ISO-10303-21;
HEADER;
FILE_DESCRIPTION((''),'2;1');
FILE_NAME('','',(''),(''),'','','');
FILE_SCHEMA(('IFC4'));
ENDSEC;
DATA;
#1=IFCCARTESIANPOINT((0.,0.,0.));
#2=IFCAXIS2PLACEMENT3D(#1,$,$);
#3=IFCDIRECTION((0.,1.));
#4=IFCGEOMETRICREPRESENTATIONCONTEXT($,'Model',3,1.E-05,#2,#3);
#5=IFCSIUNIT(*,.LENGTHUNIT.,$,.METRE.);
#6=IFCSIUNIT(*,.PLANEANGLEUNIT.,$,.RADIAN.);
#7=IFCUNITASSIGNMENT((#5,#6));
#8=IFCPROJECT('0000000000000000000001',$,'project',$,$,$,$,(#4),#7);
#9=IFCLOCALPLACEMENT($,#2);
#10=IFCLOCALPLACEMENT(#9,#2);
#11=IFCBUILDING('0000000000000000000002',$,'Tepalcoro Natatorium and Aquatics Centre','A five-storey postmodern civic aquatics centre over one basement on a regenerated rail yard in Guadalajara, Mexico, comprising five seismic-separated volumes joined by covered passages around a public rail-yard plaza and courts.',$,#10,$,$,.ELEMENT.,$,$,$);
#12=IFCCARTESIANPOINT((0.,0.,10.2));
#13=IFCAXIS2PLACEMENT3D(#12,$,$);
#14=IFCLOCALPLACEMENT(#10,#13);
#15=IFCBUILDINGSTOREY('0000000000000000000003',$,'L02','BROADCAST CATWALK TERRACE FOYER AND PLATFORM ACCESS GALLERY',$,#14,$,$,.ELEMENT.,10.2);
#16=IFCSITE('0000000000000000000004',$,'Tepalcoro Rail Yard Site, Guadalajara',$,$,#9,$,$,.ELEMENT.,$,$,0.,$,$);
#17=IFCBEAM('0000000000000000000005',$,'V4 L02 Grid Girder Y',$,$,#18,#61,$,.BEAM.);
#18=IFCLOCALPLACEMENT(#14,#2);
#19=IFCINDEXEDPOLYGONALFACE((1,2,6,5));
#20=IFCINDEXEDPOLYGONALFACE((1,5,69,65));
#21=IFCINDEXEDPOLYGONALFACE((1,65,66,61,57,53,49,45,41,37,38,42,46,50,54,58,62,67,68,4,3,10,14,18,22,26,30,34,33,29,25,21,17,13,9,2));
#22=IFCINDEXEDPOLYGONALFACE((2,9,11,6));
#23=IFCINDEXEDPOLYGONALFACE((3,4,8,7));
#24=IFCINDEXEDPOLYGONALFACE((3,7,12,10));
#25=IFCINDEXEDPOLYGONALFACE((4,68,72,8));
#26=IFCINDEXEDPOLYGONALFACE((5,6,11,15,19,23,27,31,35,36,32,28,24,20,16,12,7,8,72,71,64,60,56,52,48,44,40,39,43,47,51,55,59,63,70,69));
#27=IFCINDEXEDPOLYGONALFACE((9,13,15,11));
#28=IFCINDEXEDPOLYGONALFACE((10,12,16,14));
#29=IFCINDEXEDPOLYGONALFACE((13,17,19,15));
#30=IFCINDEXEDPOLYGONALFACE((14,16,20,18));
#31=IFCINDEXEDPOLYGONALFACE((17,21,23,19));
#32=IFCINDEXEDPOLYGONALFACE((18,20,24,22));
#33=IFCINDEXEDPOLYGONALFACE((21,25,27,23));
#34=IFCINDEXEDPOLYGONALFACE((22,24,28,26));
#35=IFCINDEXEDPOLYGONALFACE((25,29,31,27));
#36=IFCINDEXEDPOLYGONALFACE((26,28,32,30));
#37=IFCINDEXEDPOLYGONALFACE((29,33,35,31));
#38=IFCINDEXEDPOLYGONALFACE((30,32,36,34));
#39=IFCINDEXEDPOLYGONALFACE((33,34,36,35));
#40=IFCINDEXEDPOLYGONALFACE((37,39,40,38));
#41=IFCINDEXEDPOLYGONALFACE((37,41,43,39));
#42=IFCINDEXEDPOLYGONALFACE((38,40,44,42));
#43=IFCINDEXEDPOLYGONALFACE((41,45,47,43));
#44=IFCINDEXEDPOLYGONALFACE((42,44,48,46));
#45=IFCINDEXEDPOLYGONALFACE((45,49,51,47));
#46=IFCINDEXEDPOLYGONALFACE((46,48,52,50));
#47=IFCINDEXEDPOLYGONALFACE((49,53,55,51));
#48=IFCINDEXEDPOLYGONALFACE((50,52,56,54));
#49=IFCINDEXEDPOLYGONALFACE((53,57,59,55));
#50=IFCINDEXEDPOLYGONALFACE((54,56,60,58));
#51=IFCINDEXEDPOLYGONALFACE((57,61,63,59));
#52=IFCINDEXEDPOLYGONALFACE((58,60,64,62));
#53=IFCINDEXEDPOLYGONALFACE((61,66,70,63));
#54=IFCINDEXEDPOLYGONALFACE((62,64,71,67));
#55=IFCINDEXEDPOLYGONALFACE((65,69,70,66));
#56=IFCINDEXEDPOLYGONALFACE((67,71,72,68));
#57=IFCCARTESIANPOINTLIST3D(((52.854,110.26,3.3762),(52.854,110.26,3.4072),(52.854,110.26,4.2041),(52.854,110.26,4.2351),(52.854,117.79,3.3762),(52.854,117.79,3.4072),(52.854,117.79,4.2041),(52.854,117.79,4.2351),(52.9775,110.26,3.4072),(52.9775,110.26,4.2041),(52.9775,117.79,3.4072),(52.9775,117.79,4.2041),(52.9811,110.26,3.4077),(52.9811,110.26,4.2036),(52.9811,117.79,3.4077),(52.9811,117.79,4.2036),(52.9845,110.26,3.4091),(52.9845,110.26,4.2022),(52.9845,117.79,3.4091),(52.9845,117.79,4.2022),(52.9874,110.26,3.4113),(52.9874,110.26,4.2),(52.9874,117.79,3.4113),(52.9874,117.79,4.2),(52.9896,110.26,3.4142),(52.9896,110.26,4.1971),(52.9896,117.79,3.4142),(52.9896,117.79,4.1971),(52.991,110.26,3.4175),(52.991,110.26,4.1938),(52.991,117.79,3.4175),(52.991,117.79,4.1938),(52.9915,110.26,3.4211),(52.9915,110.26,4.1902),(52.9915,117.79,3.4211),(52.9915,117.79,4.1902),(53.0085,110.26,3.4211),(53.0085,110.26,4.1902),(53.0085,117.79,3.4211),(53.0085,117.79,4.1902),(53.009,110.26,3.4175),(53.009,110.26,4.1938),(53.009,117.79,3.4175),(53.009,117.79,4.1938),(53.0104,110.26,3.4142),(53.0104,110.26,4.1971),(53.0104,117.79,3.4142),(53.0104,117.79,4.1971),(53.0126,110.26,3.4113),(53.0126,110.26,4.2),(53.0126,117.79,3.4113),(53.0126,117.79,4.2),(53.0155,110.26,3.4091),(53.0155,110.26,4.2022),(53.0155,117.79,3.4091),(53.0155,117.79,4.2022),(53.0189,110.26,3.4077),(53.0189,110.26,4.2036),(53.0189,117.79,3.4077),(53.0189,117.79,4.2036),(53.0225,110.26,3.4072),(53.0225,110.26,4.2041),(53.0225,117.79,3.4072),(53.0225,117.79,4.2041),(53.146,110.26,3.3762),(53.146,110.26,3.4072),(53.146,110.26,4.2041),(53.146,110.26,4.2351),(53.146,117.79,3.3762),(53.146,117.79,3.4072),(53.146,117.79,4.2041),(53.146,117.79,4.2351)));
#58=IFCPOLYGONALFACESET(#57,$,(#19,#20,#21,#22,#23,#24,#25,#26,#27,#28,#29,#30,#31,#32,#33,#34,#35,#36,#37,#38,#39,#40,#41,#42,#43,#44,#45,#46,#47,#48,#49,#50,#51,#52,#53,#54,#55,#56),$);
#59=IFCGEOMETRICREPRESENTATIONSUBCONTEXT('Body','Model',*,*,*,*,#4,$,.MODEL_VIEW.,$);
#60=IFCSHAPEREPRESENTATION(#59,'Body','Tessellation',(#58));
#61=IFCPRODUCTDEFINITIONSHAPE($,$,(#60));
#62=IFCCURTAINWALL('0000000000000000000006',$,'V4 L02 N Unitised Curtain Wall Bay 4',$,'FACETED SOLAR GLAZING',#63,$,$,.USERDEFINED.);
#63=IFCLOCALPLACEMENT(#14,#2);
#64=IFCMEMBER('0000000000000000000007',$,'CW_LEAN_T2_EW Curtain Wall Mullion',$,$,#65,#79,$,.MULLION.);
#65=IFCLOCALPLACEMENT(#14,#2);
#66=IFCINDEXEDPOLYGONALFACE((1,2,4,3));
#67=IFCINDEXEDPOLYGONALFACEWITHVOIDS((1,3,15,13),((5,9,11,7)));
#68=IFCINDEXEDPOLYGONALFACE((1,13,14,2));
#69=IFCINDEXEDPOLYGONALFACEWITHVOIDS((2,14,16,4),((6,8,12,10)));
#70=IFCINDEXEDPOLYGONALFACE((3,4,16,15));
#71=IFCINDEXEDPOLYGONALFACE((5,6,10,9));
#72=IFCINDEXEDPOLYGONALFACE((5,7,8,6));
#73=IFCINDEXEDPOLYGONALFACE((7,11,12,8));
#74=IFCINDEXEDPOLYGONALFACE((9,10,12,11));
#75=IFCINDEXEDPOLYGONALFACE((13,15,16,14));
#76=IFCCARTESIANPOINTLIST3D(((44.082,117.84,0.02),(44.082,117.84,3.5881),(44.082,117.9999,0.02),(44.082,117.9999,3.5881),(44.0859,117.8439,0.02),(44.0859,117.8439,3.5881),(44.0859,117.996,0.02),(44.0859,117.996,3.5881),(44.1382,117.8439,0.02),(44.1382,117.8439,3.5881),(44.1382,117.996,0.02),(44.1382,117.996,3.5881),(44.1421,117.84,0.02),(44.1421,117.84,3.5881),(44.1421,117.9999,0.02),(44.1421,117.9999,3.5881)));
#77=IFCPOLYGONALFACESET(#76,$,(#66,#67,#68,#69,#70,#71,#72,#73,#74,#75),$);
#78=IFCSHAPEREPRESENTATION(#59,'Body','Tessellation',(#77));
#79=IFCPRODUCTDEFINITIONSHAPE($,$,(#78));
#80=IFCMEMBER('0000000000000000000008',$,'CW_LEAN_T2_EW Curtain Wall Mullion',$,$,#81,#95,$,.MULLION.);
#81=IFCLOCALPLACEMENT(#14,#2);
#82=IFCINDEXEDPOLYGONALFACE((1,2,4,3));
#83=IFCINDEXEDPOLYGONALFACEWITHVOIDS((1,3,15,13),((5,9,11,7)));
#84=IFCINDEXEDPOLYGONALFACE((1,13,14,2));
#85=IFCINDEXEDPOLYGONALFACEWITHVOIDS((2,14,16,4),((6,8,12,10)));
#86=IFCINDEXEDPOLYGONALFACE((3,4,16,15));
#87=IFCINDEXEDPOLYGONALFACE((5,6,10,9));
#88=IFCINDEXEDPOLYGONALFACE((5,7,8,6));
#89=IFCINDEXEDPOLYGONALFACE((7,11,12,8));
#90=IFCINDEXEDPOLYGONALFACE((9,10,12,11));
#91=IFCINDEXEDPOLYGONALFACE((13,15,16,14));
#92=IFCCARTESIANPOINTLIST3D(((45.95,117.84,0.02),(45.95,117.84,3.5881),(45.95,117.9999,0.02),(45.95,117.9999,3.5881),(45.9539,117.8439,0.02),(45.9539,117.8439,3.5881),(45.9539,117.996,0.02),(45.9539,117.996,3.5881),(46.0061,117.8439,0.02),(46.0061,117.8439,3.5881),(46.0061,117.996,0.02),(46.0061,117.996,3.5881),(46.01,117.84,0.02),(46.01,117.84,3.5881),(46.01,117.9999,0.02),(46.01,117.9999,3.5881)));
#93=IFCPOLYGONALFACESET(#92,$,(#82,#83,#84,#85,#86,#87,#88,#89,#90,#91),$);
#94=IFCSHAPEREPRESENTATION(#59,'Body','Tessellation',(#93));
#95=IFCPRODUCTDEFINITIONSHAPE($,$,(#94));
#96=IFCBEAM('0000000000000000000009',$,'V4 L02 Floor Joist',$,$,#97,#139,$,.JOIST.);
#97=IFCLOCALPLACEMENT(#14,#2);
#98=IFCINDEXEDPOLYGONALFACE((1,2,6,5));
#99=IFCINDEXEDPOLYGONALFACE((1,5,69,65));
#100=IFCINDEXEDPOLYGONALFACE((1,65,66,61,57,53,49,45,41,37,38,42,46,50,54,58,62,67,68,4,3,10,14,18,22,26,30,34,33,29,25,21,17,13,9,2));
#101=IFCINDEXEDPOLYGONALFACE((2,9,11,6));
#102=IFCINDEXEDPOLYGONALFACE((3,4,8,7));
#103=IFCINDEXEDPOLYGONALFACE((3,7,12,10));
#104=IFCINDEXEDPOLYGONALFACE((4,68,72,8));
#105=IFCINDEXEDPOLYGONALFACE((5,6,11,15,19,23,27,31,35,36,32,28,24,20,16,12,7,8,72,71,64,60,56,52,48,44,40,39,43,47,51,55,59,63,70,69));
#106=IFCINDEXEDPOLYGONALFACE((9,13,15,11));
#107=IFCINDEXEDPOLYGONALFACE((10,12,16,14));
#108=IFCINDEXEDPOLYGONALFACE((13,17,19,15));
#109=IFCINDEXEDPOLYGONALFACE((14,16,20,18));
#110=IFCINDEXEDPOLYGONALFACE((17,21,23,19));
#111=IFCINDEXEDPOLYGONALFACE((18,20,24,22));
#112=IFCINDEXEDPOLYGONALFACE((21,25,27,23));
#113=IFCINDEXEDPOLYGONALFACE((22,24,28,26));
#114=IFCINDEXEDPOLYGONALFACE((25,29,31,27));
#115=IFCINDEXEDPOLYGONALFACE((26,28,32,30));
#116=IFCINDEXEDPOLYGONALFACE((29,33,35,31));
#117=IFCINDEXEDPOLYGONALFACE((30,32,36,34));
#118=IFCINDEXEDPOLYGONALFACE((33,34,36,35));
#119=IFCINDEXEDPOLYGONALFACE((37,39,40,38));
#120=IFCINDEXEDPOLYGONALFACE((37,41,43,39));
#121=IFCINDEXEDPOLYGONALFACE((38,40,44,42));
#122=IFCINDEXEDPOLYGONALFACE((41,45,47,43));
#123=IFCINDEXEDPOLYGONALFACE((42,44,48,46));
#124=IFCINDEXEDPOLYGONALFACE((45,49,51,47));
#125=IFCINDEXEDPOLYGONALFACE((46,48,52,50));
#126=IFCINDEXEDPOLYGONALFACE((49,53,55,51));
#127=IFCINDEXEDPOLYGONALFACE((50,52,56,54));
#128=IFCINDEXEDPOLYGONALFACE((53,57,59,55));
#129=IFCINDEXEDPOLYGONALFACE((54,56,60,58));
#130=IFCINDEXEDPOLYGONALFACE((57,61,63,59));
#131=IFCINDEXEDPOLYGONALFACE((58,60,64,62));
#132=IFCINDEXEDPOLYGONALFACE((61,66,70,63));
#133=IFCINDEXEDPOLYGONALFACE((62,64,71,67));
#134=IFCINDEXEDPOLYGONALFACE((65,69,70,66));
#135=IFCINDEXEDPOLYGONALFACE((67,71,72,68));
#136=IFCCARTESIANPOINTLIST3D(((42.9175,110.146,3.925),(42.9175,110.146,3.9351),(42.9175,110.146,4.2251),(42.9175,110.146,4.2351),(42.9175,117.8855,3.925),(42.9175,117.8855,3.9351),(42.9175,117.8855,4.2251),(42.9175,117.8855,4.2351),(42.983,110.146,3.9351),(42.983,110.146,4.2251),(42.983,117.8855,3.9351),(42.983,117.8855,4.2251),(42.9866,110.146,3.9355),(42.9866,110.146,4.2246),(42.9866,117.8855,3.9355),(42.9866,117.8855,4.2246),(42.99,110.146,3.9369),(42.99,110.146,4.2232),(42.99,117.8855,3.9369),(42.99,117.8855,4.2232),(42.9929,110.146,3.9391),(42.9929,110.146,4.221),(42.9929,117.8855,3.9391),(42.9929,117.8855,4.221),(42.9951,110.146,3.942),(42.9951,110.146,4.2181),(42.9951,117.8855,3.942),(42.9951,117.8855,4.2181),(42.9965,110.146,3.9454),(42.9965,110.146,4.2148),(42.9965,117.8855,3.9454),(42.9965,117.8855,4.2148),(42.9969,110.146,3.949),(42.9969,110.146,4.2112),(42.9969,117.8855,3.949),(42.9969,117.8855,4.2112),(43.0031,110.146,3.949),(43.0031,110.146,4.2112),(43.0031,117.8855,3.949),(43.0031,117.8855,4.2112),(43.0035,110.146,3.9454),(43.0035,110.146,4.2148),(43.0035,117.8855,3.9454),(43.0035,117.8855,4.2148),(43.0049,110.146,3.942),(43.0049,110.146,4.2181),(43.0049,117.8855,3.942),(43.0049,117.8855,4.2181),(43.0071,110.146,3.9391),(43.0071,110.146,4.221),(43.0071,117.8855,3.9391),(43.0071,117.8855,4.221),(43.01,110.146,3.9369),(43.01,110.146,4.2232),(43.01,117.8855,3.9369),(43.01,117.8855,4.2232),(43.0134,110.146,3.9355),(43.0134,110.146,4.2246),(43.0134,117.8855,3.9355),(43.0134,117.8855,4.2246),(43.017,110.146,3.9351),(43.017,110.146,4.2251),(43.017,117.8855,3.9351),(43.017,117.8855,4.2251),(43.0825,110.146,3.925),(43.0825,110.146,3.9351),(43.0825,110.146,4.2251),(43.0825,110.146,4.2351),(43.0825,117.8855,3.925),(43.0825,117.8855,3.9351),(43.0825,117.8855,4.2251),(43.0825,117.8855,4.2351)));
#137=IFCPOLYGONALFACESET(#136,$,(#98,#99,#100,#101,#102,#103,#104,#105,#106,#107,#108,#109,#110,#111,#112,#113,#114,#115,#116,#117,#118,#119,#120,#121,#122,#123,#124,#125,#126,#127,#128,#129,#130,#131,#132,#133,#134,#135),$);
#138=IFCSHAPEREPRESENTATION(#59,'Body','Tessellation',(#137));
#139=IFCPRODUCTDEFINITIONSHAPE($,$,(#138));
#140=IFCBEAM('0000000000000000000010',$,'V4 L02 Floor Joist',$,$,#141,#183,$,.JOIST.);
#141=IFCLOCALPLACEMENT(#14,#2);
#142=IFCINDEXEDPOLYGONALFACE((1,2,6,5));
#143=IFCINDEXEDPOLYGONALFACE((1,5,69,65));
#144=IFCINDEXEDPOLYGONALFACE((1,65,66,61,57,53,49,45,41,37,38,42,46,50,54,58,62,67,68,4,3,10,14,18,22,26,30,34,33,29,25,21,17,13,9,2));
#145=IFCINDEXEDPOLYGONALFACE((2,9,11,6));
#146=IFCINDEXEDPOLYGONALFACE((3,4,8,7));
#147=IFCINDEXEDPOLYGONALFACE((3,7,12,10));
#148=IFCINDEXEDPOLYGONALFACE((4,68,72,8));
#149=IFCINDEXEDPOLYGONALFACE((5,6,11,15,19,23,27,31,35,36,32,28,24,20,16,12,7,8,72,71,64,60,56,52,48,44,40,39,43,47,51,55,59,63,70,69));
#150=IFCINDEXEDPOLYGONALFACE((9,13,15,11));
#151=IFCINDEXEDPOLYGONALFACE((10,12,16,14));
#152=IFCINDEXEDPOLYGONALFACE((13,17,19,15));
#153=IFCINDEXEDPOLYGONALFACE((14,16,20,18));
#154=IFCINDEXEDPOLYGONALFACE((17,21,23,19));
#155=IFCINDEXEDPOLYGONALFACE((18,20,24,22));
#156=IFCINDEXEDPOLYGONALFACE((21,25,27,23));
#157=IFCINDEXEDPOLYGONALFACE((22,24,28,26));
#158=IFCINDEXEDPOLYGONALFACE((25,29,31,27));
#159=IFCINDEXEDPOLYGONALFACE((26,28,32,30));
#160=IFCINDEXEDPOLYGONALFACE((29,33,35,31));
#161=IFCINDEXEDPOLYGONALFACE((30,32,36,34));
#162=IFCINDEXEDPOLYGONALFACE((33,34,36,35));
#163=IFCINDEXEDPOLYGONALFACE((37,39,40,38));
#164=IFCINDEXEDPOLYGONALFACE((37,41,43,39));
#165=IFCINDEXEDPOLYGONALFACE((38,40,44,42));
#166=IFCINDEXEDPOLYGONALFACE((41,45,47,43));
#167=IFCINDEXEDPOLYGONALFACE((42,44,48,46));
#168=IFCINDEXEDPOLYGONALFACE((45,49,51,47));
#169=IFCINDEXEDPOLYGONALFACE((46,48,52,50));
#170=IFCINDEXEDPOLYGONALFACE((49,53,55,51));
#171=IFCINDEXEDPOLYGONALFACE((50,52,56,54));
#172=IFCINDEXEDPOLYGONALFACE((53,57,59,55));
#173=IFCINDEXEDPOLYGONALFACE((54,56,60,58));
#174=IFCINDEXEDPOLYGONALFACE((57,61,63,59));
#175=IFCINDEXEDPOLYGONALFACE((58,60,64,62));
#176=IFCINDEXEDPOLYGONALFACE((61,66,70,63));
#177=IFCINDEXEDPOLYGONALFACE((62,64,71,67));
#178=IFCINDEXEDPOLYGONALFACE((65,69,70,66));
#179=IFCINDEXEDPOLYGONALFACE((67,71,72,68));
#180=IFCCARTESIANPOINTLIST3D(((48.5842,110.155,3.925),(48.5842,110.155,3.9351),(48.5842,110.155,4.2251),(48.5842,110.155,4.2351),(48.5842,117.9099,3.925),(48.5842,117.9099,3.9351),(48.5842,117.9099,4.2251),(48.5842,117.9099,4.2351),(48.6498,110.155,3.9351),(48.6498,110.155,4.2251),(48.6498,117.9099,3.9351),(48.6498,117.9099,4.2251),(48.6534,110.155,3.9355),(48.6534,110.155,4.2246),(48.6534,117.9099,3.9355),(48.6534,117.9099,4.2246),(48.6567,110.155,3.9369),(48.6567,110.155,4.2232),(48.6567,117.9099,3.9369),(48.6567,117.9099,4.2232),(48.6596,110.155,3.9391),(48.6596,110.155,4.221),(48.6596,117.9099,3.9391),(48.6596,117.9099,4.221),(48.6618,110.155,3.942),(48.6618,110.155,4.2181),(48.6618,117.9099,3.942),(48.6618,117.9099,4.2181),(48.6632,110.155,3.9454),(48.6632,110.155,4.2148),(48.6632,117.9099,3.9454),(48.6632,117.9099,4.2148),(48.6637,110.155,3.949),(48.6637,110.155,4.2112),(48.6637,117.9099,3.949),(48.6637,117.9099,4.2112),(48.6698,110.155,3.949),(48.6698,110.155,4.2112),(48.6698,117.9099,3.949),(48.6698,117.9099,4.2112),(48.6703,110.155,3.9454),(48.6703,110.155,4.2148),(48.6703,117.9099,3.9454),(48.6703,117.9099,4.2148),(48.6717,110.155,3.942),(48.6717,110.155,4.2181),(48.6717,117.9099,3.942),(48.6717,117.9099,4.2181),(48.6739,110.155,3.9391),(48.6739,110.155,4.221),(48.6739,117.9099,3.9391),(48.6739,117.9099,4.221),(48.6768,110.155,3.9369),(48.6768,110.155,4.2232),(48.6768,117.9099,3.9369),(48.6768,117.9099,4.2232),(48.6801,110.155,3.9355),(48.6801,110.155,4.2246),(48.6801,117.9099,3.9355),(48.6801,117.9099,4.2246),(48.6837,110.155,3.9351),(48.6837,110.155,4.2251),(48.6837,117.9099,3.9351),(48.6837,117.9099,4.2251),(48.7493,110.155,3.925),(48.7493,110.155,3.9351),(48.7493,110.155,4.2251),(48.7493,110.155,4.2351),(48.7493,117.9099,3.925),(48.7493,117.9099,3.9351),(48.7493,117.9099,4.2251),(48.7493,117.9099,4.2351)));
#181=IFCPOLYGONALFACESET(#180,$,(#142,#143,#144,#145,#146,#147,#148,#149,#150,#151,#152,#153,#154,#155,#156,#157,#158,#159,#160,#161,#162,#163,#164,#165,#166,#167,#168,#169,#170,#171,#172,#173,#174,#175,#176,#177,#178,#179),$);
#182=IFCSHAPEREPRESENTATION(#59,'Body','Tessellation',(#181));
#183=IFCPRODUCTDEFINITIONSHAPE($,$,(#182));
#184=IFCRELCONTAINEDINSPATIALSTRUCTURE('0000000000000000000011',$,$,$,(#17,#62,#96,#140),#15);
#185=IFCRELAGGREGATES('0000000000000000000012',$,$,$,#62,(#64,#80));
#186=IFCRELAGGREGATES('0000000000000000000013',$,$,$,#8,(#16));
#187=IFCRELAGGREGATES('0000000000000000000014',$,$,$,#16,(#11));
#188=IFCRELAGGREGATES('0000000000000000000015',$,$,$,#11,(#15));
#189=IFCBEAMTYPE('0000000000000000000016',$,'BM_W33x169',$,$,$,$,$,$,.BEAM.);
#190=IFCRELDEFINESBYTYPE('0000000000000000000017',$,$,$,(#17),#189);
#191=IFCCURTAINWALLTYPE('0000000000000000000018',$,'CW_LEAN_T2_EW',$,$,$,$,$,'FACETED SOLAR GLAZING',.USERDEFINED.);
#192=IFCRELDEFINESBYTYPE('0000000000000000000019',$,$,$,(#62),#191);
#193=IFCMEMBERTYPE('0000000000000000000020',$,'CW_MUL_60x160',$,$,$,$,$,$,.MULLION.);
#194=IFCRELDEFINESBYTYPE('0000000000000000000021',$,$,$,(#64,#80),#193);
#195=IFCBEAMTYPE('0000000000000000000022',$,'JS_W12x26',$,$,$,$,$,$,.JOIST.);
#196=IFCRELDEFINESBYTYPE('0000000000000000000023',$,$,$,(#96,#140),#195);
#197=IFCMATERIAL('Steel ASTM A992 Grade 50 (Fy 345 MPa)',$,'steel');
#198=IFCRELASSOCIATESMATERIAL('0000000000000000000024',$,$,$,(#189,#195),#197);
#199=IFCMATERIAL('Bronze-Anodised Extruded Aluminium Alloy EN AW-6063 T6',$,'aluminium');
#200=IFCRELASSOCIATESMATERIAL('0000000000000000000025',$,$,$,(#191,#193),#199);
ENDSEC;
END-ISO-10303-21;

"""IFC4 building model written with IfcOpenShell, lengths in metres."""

from ifc_helpers import new_model, si_unit, direction, frame, origin, origin_2d, place, context, subcontext, project, spatial, hollow_rectangle, i_section, extrude, material, material_profile, profile_set, type_object, element, aggregate, save


model = new_model("IFC4")

# Units and contexts
model_context = context("Model", 3, precision=1e-05, world=origin(), true_north=direction((0.0, 1.0)))
body_context = subcontext(model_context, "Body", "Model", "MODEL_VIEW")
ifc_project = project(units=[si_unit("LENGTHUNIT", "METRE"), si_unit("PLANEANGLEUNIT", "RADIAN")], contexts=[model_context])

# Site, building, storey
site_placement = place(None, origin())
site = spatial("IfcSite", under=ifc_project, at=site_placement, Name="Tepalcoro Rail Yard Site, Guadalajara", CompositionType="ELEMENT", RefElevation=0.0)
building_placement = place(site_placement, origin())
building = spatial("IfcBuilding", under=site, at=building_placement, Name="Tepalcoro Natatorium and Aquatics Centre", Description="A five-storey postmodern civic aquatics centre over one basement on a regenerated rail yard in Guadalajara, Mexico, comprising five seismic-separated volumes joined by covered passages around a public rail-yard plaza and courts.", CompositionType="ELEMENT")
storey_placement = place(building_placement, frame((0.0, 0.0, 10.2)))
storey = spatial("IfcBuildingStorey", under=building, at=storey_placement, Name="L02", Description="BROADCAST CATWALK TERRACE FOYER AND PLATFORM ACCESS GALLERY", CompositionType="ELEMENT", Elevation=10.2)

# Beam
ifc_material_1 = material(Name="Steel ASTM A992 Grade 50 (Fy 345 MPa)", Category="steel")
ifc_material_profile_1 = material_profile(ifc_material_1, i_section(OverallWidth=0.292, OverallDepth=0.8589, WebThickness=0.0171, FlangeThickness=0.031, FilletRadius=0.0139, at=origin_2d()), Name="W33X169")
ifc_profile_set_1 = profile_set([ifc_material_profile_1], Name="Steel ASTM A992 Grade 50 (Fy 345 MPa)")
beam_type_1 = type_object("IfcBeamType", Name="BM_W33x169", PredefinedType="BEAM", material=ifc_profile_set_1)
beam_1_placement = place(storey_placement, frame((53.0, 110.26, 3.8057), z_axis=(0.0, 1.0, 0.0), x_axis=(-1.0, 0.0, 0.0)))
element("IfcBeam", 1, at=beam_1_placement, inside=storey, type_object=beam_type_1, Name="V4 L02 Grid Girder Y", PredefinedType="BEAM", context=body_context, shape_type="SweptSolid", body=[
    extrude(i_section(OverallWidth=0.292, OverallDepth=0.8589, WebThickness=0.0171, FlangeThickness=0.031, FilletRadius=0.0139, at=origin_2d()), origin(), (0.0, 0.0, 1.0), 7.53),
])

# Curtain wall, members
ifc_material_2 = material(Name="Bronze-Anodised Extruded Aluminium Alloy EN AW-6063 T6", Category="aluminium")
curtain_wall_type = type_object("IfcCurtainWallType", Name="CW_LEAN_T2_EW", ElementType="FACETED SOLAR GLAZING", PredefinedType="USERDEFINED", material=ifc_material_2)
curtain_wall_placement = place(storey_placement, origin())
curtain_wall = element("IfcCurtainWall", 2, at=curtain_wall_placement, inside=storey, type_object=curtain_wall_type, Name="V4 L02 N Unitised Curtain Wall Bay 4", ObjectType="FACETED SOLAR GLAZING", PredefinedType="USERDEFINED")
ifc_material_profile_2 = material_profile(ifc_material_2, hollow_rectangle(XDim=0.0601, YDim=0.1599, WallThickness=0.0039, at=origin_2d()), Name="AL60X160X4")
ifc_profile_set_2 = profile_set([ifc_material_profile_2], Name="Bronze-Anodised Extruded Aluminium Alloy EN AW-6063 T6")
member_type = type_object("IfcMemberType", Name="CW_MUL_60x160", PredefinedType="MULLION", material=ifc_profile_set_2)
member_1_placement = place(storey_placement, frame((44.1121, 117.9199, 0.02), z_axis=(0.0, 0.0, 1.0), x_axis=(1.0, 0.0, 0.0)))
member_1 = element("IfcMember", 3, at=member_1_placement, type_object=member_type, Name="CW_LEAN_T2_EW Curtain Wall Mullion", PredefinedType="MULLION", context=body_context, shape_type="SweptSolid", body=[
    extrude(hollow_rectangle(XDim=0.0601, YDim=0.1599, WallThickness=0.0039, at=origin_2d()), origin(), (0.0, 0.0, 1.0), 3.5681),
])
member_2_placement = place(storey_placement, frame((45.98, 117.9199, 0.02), z_axis=(0.0, 0.0, 1.0), x_axis=(1.0, 0.0, 0.0)))
member_2 = element("IfcMember", 4, at=member_2_placement, type_object=member_type, Name="CW_LEAN_T2_EW Curtain Wall Mullion", PredefinedType="MULLION", context=body_context, shape_type="SweptSolid", body=[
    extrude(hollow_rectangle(XDim=0.0601, YDim=0.1599, WallThickness=0.0039, at=origin_2d()), origin(), (0.0, 0.0, 1.0), 3.5681),
])

# Beams
ifc_material_profile_3 = material_profile(ifc_material_1, i_section(OverallWidth=0.165, OverallDepth=0.3101, WebThickness=0.0061, FlangeThickness=0.01, FilletRadius=0.0139, at=origin_2d()), Name="W12X26")
ifc_profile_set_3 = profile_set([ifc_material_profile_3], Name="Steel ASTM A992 Grade 50 (Fy 345 MPa)")
beam_type_2 = type_object("IfcBeamType", Name="JS_W12x26", PredefinedType="JOIST", material=ifc_profile_set_3)
beam_2_placement = place(storey_placement, frame((43.0, 110.146, 4.0801), z_axis=(0.0, 1.0, 0.0), x_axis=(-1.0, 0.0, 0.0)))
element("IfcBeam", 5, at=beam_2_placement, inside=storey, type_object=beam_type_2, Name="V4 L02 Floor Joist", PredefinedType="JOIST", context=body_context, shape_type="SweptSolid", body=[
    extrude(i_section(OverallWidth=0.165, OverallDepth=0.3101, WebThickness=0.0061, FlangeThickness=0.01, FilletRadius=0.0139, at=origin_2d()), origin(), (0.0, 0.0, 1.0), 7.7395),
])
beam_3_placement = place(storey_placement, frame((48.6667, 110.155, 4.0801), z_axis=(0.0, 1.0, 0.0), x_axis=(-1.0, 0.0, 0.0)))
element("IfcBeam", 6, at=beam_3_placement, inside=storey, type_object=beam_type_2, Name="V4 L02 Floor Joist", PredefinedType="JOIST", context=body_context, shape_type="SweptSolid", body=[
    extrude(i_section(OverallWidth=0.165, OverallDepth=0.3101, WebThickness=0.0061, FlangeThickness=0.01, FilletRadius=0.0139, at=origin_2d()), origin(), (0.0, 0.0, 1.0), 7.7549),
])

aggregate(curtain_wall, [member_1, member_2])

save(model, "model.ifc")
